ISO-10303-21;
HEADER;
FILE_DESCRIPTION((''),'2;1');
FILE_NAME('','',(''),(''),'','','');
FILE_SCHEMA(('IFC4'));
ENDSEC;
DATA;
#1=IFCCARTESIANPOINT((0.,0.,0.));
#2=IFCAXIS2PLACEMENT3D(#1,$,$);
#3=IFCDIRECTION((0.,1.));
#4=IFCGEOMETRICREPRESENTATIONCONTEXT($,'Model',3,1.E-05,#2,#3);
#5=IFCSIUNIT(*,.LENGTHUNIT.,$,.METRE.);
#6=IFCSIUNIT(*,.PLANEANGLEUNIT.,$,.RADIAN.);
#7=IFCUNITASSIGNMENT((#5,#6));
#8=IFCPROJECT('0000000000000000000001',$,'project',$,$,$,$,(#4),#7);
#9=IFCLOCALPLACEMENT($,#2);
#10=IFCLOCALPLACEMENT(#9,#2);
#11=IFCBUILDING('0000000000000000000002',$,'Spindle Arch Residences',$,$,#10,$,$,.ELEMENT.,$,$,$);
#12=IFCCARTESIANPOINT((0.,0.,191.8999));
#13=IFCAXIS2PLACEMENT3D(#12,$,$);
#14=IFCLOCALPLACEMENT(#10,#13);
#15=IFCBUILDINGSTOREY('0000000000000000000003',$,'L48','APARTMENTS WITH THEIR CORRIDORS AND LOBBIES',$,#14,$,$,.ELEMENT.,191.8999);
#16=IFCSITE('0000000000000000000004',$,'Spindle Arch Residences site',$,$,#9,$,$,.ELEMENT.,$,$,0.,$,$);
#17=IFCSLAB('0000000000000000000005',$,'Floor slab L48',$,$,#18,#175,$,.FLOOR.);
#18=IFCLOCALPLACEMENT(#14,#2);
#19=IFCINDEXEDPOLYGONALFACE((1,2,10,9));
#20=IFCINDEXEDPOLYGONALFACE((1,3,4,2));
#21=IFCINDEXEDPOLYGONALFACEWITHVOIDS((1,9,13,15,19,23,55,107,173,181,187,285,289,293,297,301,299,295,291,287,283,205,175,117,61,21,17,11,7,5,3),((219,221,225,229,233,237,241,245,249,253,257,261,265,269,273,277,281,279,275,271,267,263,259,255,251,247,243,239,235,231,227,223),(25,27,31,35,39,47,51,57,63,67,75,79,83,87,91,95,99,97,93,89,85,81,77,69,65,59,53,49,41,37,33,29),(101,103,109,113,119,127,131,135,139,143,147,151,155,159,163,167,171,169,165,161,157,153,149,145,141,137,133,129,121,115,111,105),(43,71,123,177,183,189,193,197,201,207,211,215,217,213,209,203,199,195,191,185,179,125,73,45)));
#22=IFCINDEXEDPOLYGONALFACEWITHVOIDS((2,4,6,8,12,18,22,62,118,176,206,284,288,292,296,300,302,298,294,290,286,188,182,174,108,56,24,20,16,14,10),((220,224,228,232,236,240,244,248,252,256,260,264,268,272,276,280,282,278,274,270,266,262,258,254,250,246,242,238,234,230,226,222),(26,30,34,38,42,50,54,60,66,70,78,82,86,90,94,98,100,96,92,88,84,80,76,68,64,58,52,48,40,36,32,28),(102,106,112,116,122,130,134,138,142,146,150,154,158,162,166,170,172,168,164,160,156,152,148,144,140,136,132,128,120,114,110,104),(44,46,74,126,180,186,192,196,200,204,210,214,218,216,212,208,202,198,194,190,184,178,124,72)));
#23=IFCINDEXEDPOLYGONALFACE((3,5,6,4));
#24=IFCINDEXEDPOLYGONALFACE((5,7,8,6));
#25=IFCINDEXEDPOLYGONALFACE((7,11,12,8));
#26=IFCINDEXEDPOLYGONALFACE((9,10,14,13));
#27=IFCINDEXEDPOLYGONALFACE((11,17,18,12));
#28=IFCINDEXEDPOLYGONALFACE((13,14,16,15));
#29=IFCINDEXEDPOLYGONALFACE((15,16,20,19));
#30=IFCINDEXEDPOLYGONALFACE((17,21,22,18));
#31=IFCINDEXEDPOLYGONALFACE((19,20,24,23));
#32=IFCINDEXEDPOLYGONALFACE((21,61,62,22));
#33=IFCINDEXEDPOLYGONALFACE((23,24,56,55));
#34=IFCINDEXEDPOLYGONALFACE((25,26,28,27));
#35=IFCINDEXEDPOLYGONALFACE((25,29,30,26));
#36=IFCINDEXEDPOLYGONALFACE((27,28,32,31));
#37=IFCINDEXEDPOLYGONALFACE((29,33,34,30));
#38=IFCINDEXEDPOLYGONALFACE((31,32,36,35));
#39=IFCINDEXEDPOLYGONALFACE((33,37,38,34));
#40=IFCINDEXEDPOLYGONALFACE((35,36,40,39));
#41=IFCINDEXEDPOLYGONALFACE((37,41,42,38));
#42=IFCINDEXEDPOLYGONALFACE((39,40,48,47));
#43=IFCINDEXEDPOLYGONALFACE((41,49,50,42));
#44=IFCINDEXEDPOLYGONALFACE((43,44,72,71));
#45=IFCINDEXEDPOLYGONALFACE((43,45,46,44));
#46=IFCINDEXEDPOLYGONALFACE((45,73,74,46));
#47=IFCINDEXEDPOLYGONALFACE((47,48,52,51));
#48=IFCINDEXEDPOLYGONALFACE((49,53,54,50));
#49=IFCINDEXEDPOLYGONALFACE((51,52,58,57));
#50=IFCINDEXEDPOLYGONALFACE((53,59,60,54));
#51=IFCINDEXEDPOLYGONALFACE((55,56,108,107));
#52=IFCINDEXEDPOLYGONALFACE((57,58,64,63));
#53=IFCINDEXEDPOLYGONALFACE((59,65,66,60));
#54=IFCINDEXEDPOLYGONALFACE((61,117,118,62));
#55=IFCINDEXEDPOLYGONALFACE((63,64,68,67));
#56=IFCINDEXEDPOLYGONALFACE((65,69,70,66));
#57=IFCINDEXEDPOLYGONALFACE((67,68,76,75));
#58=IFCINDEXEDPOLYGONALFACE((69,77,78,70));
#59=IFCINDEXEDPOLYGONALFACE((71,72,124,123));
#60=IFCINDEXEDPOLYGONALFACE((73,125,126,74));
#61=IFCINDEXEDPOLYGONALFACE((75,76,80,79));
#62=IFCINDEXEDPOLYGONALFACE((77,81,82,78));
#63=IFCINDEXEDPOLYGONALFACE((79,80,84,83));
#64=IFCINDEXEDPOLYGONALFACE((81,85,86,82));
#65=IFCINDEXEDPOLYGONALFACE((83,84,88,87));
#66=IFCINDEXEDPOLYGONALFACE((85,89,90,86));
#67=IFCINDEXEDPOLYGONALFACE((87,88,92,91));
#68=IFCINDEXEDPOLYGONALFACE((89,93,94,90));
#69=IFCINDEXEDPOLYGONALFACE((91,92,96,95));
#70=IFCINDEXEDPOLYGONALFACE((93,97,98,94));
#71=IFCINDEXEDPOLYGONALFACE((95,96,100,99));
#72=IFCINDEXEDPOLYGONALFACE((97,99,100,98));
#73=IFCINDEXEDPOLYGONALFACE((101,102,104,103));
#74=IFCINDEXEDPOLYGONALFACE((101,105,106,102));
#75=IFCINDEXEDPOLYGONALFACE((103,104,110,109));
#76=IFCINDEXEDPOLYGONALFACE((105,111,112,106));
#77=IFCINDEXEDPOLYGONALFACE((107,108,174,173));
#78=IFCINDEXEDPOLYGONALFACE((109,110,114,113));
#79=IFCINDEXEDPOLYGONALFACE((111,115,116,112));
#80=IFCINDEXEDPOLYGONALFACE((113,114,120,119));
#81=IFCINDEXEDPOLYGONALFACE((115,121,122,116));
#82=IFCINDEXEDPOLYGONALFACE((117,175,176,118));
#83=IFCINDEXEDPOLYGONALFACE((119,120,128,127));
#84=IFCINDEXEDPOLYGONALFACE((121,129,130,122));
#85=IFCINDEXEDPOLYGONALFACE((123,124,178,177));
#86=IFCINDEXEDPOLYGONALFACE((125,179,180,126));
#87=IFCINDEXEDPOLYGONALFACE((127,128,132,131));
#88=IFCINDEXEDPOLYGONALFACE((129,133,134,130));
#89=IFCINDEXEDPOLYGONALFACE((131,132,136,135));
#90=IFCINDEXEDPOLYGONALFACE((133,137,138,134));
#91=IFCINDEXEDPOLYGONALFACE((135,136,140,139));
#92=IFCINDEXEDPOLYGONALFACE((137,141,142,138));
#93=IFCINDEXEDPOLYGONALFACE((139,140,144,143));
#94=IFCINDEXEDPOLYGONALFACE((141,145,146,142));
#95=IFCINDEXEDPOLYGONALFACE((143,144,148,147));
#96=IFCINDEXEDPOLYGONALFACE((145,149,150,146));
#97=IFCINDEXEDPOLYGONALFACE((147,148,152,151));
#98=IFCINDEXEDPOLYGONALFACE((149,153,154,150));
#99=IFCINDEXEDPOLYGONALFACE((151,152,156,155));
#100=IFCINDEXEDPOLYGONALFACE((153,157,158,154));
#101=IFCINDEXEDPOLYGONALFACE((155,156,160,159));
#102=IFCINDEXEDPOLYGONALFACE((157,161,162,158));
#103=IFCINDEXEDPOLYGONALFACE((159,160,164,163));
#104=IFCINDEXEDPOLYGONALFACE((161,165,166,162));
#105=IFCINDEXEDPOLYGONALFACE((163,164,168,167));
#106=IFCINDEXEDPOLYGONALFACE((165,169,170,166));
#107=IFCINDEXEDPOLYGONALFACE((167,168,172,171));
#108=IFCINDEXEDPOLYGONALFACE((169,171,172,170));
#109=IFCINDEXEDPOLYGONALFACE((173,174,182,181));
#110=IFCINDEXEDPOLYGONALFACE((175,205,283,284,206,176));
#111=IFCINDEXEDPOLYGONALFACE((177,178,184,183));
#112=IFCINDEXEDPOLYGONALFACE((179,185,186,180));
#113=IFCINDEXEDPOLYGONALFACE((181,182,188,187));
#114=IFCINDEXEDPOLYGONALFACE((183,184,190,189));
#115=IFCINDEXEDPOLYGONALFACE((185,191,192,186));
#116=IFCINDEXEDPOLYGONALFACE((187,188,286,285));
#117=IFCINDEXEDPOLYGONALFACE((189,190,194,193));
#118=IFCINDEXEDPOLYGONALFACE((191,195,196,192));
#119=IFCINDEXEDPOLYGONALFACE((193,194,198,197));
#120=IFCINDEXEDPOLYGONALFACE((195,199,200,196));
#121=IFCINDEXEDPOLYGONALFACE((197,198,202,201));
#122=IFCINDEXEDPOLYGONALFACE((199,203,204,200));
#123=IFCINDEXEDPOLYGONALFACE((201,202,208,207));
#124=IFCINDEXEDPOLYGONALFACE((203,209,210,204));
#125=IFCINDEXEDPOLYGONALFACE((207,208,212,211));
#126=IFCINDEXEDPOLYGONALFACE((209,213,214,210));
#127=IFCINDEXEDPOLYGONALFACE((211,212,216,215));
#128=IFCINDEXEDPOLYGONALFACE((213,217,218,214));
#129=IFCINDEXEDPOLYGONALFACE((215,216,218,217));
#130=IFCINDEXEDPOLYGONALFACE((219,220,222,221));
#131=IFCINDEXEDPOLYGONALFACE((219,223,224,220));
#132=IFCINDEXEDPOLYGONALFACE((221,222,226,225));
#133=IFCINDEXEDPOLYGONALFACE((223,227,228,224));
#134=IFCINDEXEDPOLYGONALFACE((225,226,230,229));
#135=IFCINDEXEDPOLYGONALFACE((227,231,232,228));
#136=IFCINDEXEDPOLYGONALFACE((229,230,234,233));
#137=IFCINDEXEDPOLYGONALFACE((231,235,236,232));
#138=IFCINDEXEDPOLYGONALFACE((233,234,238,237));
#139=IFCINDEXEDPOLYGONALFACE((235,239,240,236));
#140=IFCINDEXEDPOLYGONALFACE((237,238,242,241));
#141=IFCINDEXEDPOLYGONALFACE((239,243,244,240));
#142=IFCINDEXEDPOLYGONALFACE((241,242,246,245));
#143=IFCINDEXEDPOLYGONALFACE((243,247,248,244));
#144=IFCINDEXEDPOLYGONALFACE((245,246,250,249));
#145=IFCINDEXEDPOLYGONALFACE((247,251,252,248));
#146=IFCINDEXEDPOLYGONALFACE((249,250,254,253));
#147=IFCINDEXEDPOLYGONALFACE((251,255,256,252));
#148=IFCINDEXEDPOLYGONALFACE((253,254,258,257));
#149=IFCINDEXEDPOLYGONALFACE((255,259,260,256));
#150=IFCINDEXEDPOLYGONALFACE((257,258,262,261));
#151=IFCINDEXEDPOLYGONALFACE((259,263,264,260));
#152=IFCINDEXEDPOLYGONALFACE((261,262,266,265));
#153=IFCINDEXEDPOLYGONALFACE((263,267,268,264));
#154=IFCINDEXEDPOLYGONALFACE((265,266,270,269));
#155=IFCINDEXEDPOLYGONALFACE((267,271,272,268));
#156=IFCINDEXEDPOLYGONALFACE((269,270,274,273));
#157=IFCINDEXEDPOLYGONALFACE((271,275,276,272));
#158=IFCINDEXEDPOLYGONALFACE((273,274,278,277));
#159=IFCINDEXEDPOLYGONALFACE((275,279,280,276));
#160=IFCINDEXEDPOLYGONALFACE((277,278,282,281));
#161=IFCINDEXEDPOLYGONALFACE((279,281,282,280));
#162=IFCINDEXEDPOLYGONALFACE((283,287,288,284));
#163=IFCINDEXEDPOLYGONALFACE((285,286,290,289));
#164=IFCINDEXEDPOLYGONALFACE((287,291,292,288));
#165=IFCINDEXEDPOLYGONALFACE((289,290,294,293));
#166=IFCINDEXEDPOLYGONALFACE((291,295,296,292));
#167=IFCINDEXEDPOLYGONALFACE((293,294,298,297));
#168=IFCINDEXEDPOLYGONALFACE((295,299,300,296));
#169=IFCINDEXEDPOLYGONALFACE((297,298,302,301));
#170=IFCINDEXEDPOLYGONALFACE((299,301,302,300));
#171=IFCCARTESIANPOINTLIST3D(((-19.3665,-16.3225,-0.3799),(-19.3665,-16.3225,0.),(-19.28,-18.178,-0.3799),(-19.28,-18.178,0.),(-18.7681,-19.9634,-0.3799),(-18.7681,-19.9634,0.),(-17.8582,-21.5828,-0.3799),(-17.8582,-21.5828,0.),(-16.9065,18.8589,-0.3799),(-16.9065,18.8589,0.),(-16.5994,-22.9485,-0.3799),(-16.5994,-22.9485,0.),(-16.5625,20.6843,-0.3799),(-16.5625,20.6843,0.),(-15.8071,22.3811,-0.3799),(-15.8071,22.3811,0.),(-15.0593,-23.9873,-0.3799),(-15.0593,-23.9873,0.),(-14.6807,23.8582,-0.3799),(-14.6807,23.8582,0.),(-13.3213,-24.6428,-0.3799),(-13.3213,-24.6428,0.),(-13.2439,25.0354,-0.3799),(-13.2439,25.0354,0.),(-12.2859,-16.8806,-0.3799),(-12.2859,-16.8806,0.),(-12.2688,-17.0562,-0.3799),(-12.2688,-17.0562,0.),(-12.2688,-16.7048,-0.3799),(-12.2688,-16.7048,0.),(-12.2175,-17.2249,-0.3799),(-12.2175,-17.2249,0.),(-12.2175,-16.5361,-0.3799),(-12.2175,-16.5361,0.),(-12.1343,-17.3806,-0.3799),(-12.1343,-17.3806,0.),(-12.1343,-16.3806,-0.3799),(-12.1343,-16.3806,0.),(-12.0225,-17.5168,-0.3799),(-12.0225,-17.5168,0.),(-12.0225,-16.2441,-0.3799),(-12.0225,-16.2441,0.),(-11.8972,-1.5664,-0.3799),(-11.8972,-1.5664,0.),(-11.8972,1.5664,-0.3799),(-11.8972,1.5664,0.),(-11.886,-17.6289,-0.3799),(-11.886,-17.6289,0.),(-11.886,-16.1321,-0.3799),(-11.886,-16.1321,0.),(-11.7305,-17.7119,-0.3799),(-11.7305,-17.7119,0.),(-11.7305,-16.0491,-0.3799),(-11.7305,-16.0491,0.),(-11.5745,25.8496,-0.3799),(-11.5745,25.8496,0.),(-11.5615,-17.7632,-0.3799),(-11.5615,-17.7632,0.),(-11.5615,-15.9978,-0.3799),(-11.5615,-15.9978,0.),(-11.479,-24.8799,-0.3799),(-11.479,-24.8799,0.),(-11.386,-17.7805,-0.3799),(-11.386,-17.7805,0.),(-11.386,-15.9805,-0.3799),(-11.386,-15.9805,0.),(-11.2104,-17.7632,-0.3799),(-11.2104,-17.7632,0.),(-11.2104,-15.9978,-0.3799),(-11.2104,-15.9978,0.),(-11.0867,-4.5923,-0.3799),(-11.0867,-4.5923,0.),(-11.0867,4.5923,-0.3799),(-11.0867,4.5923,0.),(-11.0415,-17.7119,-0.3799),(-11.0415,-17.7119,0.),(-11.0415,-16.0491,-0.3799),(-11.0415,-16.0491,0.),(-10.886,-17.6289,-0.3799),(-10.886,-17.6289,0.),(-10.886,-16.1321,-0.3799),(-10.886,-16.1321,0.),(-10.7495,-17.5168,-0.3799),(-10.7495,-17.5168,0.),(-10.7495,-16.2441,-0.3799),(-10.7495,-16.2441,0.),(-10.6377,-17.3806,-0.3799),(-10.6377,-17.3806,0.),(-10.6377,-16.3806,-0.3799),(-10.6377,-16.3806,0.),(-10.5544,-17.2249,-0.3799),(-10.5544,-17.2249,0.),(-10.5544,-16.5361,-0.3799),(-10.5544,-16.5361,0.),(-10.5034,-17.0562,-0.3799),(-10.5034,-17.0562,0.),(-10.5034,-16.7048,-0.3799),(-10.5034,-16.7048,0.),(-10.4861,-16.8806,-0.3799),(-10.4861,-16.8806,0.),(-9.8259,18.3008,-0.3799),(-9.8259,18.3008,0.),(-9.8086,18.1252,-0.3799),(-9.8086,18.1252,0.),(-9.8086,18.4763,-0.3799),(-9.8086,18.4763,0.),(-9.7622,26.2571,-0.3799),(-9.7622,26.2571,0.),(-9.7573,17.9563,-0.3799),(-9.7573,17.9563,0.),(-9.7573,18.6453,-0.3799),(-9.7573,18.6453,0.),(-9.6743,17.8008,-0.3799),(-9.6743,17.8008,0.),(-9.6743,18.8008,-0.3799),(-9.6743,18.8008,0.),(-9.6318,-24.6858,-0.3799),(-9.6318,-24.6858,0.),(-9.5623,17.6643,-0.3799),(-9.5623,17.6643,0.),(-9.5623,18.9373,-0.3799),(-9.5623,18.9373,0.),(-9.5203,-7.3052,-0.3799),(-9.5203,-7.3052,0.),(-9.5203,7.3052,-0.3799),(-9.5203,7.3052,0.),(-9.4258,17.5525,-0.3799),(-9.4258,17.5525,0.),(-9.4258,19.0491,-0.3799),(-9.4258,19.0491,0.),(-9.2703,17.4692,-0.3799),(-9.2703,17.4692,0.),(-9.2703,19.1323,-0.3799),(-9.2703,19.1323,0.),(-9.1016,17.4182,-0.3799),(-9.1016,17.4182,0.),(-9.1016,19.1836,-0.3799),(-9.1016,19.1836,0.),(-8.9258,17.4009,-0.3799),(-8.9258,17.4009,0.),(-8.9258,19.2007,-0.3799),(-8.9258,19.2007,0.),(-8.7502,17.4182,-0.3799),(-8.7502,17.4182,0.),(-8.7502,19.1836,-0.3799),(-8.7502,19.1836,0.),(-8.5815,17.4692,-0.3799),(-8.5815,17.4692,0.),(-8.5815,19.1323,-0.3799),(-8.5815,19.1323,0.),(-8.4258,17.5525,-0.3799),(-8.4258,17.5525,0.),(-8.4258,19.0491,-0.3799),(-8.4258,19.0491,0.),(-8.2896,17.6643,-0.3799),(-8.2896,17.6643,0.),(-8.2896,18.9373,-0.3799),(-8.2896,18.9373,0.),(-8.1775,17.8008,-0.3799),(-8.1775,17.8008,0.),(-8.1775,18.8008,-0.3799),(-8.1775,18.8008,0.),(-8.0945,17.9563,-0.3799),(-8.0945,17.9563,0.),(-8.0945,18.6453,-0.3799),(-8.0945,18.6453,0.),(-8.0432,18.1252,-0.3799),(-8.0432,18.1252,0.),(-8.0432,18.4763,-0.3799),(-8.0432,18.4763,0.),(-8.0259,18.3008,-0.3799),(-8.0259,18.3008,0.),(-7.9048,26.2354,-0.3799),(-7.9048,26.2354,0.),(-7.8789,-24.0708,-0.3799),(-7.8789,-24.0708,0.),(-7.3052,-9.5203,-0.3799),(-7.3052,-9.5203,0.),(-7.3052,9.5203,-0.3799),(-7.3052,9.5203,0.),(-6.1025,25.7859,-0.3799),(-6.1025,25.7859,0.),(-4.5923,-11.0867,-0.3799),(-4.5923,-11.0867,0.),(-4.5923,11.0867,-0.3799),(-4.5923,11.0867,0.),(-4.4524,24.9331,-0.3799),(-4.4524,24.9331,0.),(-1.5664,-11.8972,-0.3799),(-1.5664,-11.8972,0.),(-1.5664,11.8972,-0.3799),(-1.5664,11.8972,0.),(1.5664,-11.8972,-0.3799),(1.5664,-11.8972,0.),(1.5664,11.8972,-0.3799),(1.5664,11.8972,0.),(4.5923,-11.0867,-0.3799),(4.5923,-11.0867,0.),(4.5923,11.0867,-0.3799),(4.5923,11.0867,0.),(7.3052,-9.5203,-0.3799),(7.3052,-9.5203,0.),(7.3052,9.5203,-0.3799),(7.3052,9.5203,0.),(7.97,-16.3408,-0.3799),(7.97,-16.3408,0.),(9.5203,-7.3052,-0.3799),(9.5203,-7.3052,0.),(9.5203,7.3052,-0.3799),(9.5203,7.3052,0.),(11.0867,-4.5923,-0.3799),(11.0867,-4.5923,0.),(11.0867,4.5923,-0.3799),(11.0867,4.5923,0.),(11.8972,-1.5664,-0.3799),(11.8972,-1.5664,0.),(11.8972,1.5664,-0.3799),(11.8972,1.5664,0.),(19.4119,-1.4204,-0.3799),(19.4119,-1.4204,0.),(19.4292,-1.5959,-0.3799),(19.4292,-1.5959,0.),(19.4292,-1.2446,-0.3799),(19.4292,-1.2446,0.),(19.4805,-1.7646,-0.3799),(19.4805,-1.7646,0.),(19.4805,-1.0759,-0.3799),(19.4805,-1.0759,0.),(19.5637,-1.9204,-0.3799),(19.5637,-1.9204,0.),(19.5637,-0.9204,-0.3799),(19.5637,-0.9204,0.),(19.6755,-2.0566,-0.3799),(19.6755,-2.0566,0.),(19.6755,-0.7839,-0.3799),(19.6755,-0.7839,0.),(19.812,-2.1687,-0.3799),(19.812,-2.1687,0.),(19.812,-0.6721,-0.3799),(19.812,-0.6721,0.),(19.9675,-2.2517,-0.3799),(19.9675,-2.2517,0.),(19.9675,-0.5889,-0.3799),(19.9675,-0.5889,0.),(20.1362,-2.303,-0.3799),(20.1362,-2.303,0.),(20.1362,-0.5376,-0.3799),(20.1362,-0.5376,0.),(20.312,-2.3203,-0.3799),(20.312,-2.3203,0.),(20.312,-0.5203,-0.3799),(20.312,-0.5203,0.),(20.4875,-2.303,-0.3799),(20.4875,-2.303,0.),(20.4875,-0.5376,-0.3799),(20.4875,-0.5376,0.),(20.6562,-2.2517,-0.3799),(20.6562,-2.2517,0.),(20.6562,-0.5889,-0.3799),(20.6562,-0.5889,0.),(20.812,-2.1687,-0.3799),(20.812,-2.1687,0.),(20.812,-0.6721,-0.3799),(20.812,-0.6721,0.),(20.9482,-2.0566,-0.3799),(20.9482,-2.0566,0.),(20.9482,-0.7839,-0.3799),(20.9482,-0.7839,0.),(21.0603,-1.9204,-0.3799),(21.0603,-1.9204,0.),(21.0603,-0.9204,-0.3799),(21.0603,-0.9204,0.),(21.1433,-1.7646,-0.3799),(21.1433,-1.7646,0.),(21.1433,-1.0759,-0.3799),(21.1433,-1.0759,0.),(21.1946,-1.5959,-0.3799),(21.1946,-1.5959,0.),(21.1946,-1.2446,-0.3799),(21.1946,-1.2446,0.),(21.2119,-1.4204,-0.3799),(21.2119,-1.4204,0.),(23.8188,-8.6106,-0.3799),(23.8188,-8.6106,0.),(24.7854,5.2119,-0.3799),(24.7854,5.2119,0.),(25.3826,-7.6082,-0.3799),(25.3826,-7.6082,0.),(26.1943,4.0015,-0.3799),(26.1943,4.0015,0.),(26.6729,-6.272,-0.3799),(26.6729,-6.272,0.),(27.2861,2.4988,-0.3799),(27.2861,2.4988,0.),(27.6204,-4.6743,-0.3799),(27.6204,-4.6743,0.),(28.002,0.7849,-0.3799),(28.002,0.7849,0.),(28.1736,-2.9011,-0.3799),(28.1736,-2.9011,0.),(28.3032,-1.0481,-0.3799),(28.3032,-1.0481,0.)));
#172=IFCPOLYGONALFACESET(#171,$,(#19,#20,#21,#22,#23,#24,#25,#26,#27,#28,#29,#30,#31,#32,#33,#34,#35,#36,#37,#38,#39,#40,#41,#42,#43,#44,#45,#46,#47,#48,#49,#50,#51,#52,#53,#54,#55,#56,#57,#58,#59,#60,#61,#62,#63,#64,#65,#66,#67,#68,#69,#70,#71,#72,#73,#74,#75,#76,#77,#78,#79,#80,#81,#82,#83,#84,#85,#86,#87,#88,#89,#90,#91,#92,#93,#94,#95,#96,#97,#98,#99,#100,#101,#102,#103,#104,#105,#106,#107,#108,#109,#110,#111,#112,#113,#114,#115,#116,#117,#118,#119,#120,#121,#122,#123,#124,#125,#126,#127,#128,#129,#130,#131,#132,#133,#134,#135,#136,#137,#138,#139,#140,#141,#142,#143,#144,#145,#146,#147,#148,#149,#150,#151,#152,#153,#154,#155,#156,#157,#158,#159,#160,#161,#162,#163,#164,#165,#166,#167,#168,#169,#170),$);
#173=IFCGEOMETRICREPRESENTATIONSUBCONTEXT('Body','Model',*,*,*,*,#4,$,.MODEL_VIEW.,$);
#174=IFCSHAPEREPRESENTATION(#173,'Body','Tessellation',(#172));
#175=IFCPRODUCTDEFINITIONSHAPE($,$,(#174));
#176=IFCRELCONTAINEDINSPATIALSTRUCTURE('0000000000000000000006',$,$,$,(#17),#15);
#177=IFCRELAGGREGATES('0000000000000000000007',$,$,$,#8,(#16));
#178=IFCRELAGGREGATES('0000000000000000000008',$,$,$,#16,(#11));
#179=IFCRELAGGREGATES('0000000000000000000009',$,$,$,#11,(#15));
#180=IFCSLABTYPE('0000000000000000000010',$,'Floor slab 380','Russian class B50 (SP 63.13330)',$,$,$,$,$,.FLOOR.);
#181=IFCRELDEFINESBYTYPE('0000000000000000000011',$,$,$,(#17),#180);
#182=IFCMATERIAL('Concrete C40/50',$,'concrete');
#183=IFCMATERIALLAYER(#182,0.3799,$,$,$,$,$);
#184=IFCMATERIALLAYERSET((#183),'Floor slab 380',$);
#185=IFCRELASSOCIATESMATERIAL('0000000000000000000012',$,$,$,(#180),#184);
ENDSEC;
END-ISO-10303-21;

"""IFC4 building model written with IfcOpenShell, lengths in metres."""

from ifc_helpers import new_model, si_unit, direction, frame, origin, place, context, subcontext, project, spatial, polyline, outline, extrude, material, layer, layer_set, type_object, element, save


model = new_model("IFC4")

# Units and contexts
model_context = context("Model", 3, precision=1e-05, world=origin(), true_north=direction((0.0, 1.0)))
body_context = subcontext(model_context, "Body", "Model", "MODEL_VIEW")
ifc_project = project(units=[si_unit("LENGTHUNIT", "METRE"), si_unit("PLANEANGLEUNIT", "RADIAN")], contexts=[model_context])

# Site, building, storey
site_placement = place(None, origin())
site = spatial("IfcSite", under=ifc_project, at=site_placement, Name="Spindle Arch Residences site", CompositionType="ELEMENT", RefElevation=0.0)
building_placement = place(site_placement, origin())
building = spatial("IfcBuilding", under=site, at=building_placement, Name="Spindle Arch Residences", CompositionType="ELEMENT")
storey_placement = place(building_placement, frame((0.0, 0.0, 191.8999)))
storey = spatial("IfcBuildingStorey", under=building, at=storey_placement, Name="L48", Description="APARTMENTS WITH THEIR CORRIDORS AND LOBBIES", CompositionType="ELEMENT", Elevation=191.8999)

# Slab
ifc_material_1 = material(Name="Concrete C40/50", Category="concrete")
ifc_layer_1 = layer(ifc_material_1, 0.3799)
ifc_layer_set_1 = layer_set([ifc_layer_1], Name="Floor slab 380")
slab_type_1 = type_object("IfcSlabType", Name="Floor slab 380", Description="Russian class B50 (SP 63.13330)", PredefinedType="FLOOR", material=ifc_layer_set_1)
slab_1_placement = place(storey_placement, frame((0.0, 0.0, -0.3799)))
element("IfcSlab", 1, at=slab_1_placement, inside=storey, type_object=slab_type_1, Name="Floor slab L48", PredefinedType="FLOOR", context=body_context, shape_type="SweptSolid", body=[
    extrude(outline(polyline([(-9.6318, -24.6858), (-11.479, -24.8799), (-13.3213, -24.6428), (-15.0593, -23.9873), (-16.5994, -22.9485), (-17.8582, -21.5828), (-18.7681, -19.9634), (-19.28, -18.178), (-19.3665, -16.3225), (-16.9065, 18.8589), (-16.5625, 20.6843), (-15.8071, 22.3811), (-14.6807, 23.8582), (-13.2439, 25.0354), (-11.5745, 25.8496), (-9.7622, 26.2571), (-7.9048, 26.2354), (-6.1025, 25.7859), (-4.4524, 24.9331), (24.7854, 5.2119), (26.1943, 4.0015), (27.2861, 2.4988), (28.002, 0.7849), (28.3032, -1.0481), (28.1736, -2.9011), (27.6204, -4.6743), (26.6729, -6.272), (25.3826, -7.6082), (23.8188, -8.6106), (7.97, -16.3408), (-7.8789, -24.0708), (-9.6318, -24.6858)]), holes=[polyline([(7.3052, -9.5203), (9.5203, -7.3052), (11.0867, -4.5923), (11.8972, -1.5664), (11.8972, 1.5664), (11.0867, 4.5923), (9.5203, 7.3052), (7.3052, 9.5203), (4.5923, 11.0867), (1.5664, 11.8972), (-1.5664, 11.8972), (-4.5923, 11.0867), (-7.3052, 9.5203), (-9.5203, 7.3052), (-11.0867, 4.5923), (-11.8972, 1.5664), (-11.8972, -1.5664), (-11.0867, -4.5923), (-9.5203, -7.3052), (-7.3052, -9.5203), (-4.5923, -11.0867), (-1.5664, -11.8972), (1.5664, -11.8972), (4.5923, -11.0867), (7.3052, -9.5203)]), polyline([(-10.6377, -17.3806), (-10.5544, -17.2249), (-10.5034, -17.0562), (-10.4861, -16.8806), (-10.5034, -16.7048), (-10.5544, -16.5361), (-10.6377, -16.3806), (-10.7495, -16.2441), (-10.886, -16.1321), (-11.0415, -16.0491), (-11.2104, -15.9978), (-11.386, -15.9805), (-11.5615, -15.9978), (-11.7305, -16.0491), (-11.886, -16.1321), (-12.0225, -16.2441), (-12.1343, -16.3806), (-12.2175, -16.5361), (-12.2688, -16.7048), (-12.2859, -16.8806), (-12.2688, -17.0562), (-12.2175, -17.2249), (-12.1343, -17.3806), (-12.0225, -17.5168), (-11.886, -17.6289), (-11.7305, -17.7119), (-11.5615, -17.7632), (-11.386, -17.7805), (-11.2104, -17.7632), (-11.0415, -17.7119), (-10.886, -17.6289), (-10.7495, -17.5168), (-10.6377, -17.3806)]), polyline([(-8.1775, 17.8008), (-8.0945, 17.9563), (-8.0432, 18.1252), (-8.0259, 18.3008), (-8.0432, 18.4763), (-8.0945, 18.6453), (-8.1775, 18.8008), (-8.2896, 18.9373), (-8.4258, 19.0491), (-8.5815, 19.1323), (-8.7502, 19.1836), (-8.9258, 19.2007), (-9.1016, 19.1836), (-9.2703, 19.1323), (-9.4258, 19.0491), (-9.5623, 18.9373), (-9.6743, 18.8008), (-9.7573, 18.6453), (-9.8086, 18.4763), (-9.8259, 18.3008), (-9.8086, 18.1252), (-9.7573, 17.9563), (-9.6743, 17.8008), (-9.5623, 17.6643), (-9.4258, 17.5525), (-9.2703, 17.4692), (-9.1016, 17.4182), (-8.9258, 17.4009), (-8.7502, 17.4182), (-8.5815, 17.4692), (-8.4258, 17.5525), (-8.2896, 17.6643), (-8.1775, 17.8008)]), polyline([(20.9482, -2.0566), (21.0603, -1.9204), (21.1433, -1.7646), (21.1946, -1.5959), (21.2119, -1.4204), (21.1946, -1.2446), (21.1433, -1.0759), (21.0603, -0.9204), (20.9482, -0.7839), (20.812, -0.6721), (20.6562, -0.5889), (20.4875, -0.5376), (20.312, -0.5203), (20.1362, -0.5376), (19.9675, -0.5889), (19.812, -0.6721), (19.6755, -0.7839), (19.5637, -0.9204), (19.4805, -1.0759), (19.4292, -1.2446), (19.4119, -1.4204), (19.4292, -1.5959), (19.4805, -1.7646), (19.5637, -1.9204), (19.6755, -2.0566), (19.812, -2.1687), (19.9675, -2.2517), (20.1362, -2.303), (20.312, -2.3203), (20.4875, -2.303), (20.6562, -2.2517), (20.812, -2.1687), (20.9482, -2.0566)])]), origin(), (0.0, 0.0, 1.0), 0.3799),
])

save(model, "model.ifc")
